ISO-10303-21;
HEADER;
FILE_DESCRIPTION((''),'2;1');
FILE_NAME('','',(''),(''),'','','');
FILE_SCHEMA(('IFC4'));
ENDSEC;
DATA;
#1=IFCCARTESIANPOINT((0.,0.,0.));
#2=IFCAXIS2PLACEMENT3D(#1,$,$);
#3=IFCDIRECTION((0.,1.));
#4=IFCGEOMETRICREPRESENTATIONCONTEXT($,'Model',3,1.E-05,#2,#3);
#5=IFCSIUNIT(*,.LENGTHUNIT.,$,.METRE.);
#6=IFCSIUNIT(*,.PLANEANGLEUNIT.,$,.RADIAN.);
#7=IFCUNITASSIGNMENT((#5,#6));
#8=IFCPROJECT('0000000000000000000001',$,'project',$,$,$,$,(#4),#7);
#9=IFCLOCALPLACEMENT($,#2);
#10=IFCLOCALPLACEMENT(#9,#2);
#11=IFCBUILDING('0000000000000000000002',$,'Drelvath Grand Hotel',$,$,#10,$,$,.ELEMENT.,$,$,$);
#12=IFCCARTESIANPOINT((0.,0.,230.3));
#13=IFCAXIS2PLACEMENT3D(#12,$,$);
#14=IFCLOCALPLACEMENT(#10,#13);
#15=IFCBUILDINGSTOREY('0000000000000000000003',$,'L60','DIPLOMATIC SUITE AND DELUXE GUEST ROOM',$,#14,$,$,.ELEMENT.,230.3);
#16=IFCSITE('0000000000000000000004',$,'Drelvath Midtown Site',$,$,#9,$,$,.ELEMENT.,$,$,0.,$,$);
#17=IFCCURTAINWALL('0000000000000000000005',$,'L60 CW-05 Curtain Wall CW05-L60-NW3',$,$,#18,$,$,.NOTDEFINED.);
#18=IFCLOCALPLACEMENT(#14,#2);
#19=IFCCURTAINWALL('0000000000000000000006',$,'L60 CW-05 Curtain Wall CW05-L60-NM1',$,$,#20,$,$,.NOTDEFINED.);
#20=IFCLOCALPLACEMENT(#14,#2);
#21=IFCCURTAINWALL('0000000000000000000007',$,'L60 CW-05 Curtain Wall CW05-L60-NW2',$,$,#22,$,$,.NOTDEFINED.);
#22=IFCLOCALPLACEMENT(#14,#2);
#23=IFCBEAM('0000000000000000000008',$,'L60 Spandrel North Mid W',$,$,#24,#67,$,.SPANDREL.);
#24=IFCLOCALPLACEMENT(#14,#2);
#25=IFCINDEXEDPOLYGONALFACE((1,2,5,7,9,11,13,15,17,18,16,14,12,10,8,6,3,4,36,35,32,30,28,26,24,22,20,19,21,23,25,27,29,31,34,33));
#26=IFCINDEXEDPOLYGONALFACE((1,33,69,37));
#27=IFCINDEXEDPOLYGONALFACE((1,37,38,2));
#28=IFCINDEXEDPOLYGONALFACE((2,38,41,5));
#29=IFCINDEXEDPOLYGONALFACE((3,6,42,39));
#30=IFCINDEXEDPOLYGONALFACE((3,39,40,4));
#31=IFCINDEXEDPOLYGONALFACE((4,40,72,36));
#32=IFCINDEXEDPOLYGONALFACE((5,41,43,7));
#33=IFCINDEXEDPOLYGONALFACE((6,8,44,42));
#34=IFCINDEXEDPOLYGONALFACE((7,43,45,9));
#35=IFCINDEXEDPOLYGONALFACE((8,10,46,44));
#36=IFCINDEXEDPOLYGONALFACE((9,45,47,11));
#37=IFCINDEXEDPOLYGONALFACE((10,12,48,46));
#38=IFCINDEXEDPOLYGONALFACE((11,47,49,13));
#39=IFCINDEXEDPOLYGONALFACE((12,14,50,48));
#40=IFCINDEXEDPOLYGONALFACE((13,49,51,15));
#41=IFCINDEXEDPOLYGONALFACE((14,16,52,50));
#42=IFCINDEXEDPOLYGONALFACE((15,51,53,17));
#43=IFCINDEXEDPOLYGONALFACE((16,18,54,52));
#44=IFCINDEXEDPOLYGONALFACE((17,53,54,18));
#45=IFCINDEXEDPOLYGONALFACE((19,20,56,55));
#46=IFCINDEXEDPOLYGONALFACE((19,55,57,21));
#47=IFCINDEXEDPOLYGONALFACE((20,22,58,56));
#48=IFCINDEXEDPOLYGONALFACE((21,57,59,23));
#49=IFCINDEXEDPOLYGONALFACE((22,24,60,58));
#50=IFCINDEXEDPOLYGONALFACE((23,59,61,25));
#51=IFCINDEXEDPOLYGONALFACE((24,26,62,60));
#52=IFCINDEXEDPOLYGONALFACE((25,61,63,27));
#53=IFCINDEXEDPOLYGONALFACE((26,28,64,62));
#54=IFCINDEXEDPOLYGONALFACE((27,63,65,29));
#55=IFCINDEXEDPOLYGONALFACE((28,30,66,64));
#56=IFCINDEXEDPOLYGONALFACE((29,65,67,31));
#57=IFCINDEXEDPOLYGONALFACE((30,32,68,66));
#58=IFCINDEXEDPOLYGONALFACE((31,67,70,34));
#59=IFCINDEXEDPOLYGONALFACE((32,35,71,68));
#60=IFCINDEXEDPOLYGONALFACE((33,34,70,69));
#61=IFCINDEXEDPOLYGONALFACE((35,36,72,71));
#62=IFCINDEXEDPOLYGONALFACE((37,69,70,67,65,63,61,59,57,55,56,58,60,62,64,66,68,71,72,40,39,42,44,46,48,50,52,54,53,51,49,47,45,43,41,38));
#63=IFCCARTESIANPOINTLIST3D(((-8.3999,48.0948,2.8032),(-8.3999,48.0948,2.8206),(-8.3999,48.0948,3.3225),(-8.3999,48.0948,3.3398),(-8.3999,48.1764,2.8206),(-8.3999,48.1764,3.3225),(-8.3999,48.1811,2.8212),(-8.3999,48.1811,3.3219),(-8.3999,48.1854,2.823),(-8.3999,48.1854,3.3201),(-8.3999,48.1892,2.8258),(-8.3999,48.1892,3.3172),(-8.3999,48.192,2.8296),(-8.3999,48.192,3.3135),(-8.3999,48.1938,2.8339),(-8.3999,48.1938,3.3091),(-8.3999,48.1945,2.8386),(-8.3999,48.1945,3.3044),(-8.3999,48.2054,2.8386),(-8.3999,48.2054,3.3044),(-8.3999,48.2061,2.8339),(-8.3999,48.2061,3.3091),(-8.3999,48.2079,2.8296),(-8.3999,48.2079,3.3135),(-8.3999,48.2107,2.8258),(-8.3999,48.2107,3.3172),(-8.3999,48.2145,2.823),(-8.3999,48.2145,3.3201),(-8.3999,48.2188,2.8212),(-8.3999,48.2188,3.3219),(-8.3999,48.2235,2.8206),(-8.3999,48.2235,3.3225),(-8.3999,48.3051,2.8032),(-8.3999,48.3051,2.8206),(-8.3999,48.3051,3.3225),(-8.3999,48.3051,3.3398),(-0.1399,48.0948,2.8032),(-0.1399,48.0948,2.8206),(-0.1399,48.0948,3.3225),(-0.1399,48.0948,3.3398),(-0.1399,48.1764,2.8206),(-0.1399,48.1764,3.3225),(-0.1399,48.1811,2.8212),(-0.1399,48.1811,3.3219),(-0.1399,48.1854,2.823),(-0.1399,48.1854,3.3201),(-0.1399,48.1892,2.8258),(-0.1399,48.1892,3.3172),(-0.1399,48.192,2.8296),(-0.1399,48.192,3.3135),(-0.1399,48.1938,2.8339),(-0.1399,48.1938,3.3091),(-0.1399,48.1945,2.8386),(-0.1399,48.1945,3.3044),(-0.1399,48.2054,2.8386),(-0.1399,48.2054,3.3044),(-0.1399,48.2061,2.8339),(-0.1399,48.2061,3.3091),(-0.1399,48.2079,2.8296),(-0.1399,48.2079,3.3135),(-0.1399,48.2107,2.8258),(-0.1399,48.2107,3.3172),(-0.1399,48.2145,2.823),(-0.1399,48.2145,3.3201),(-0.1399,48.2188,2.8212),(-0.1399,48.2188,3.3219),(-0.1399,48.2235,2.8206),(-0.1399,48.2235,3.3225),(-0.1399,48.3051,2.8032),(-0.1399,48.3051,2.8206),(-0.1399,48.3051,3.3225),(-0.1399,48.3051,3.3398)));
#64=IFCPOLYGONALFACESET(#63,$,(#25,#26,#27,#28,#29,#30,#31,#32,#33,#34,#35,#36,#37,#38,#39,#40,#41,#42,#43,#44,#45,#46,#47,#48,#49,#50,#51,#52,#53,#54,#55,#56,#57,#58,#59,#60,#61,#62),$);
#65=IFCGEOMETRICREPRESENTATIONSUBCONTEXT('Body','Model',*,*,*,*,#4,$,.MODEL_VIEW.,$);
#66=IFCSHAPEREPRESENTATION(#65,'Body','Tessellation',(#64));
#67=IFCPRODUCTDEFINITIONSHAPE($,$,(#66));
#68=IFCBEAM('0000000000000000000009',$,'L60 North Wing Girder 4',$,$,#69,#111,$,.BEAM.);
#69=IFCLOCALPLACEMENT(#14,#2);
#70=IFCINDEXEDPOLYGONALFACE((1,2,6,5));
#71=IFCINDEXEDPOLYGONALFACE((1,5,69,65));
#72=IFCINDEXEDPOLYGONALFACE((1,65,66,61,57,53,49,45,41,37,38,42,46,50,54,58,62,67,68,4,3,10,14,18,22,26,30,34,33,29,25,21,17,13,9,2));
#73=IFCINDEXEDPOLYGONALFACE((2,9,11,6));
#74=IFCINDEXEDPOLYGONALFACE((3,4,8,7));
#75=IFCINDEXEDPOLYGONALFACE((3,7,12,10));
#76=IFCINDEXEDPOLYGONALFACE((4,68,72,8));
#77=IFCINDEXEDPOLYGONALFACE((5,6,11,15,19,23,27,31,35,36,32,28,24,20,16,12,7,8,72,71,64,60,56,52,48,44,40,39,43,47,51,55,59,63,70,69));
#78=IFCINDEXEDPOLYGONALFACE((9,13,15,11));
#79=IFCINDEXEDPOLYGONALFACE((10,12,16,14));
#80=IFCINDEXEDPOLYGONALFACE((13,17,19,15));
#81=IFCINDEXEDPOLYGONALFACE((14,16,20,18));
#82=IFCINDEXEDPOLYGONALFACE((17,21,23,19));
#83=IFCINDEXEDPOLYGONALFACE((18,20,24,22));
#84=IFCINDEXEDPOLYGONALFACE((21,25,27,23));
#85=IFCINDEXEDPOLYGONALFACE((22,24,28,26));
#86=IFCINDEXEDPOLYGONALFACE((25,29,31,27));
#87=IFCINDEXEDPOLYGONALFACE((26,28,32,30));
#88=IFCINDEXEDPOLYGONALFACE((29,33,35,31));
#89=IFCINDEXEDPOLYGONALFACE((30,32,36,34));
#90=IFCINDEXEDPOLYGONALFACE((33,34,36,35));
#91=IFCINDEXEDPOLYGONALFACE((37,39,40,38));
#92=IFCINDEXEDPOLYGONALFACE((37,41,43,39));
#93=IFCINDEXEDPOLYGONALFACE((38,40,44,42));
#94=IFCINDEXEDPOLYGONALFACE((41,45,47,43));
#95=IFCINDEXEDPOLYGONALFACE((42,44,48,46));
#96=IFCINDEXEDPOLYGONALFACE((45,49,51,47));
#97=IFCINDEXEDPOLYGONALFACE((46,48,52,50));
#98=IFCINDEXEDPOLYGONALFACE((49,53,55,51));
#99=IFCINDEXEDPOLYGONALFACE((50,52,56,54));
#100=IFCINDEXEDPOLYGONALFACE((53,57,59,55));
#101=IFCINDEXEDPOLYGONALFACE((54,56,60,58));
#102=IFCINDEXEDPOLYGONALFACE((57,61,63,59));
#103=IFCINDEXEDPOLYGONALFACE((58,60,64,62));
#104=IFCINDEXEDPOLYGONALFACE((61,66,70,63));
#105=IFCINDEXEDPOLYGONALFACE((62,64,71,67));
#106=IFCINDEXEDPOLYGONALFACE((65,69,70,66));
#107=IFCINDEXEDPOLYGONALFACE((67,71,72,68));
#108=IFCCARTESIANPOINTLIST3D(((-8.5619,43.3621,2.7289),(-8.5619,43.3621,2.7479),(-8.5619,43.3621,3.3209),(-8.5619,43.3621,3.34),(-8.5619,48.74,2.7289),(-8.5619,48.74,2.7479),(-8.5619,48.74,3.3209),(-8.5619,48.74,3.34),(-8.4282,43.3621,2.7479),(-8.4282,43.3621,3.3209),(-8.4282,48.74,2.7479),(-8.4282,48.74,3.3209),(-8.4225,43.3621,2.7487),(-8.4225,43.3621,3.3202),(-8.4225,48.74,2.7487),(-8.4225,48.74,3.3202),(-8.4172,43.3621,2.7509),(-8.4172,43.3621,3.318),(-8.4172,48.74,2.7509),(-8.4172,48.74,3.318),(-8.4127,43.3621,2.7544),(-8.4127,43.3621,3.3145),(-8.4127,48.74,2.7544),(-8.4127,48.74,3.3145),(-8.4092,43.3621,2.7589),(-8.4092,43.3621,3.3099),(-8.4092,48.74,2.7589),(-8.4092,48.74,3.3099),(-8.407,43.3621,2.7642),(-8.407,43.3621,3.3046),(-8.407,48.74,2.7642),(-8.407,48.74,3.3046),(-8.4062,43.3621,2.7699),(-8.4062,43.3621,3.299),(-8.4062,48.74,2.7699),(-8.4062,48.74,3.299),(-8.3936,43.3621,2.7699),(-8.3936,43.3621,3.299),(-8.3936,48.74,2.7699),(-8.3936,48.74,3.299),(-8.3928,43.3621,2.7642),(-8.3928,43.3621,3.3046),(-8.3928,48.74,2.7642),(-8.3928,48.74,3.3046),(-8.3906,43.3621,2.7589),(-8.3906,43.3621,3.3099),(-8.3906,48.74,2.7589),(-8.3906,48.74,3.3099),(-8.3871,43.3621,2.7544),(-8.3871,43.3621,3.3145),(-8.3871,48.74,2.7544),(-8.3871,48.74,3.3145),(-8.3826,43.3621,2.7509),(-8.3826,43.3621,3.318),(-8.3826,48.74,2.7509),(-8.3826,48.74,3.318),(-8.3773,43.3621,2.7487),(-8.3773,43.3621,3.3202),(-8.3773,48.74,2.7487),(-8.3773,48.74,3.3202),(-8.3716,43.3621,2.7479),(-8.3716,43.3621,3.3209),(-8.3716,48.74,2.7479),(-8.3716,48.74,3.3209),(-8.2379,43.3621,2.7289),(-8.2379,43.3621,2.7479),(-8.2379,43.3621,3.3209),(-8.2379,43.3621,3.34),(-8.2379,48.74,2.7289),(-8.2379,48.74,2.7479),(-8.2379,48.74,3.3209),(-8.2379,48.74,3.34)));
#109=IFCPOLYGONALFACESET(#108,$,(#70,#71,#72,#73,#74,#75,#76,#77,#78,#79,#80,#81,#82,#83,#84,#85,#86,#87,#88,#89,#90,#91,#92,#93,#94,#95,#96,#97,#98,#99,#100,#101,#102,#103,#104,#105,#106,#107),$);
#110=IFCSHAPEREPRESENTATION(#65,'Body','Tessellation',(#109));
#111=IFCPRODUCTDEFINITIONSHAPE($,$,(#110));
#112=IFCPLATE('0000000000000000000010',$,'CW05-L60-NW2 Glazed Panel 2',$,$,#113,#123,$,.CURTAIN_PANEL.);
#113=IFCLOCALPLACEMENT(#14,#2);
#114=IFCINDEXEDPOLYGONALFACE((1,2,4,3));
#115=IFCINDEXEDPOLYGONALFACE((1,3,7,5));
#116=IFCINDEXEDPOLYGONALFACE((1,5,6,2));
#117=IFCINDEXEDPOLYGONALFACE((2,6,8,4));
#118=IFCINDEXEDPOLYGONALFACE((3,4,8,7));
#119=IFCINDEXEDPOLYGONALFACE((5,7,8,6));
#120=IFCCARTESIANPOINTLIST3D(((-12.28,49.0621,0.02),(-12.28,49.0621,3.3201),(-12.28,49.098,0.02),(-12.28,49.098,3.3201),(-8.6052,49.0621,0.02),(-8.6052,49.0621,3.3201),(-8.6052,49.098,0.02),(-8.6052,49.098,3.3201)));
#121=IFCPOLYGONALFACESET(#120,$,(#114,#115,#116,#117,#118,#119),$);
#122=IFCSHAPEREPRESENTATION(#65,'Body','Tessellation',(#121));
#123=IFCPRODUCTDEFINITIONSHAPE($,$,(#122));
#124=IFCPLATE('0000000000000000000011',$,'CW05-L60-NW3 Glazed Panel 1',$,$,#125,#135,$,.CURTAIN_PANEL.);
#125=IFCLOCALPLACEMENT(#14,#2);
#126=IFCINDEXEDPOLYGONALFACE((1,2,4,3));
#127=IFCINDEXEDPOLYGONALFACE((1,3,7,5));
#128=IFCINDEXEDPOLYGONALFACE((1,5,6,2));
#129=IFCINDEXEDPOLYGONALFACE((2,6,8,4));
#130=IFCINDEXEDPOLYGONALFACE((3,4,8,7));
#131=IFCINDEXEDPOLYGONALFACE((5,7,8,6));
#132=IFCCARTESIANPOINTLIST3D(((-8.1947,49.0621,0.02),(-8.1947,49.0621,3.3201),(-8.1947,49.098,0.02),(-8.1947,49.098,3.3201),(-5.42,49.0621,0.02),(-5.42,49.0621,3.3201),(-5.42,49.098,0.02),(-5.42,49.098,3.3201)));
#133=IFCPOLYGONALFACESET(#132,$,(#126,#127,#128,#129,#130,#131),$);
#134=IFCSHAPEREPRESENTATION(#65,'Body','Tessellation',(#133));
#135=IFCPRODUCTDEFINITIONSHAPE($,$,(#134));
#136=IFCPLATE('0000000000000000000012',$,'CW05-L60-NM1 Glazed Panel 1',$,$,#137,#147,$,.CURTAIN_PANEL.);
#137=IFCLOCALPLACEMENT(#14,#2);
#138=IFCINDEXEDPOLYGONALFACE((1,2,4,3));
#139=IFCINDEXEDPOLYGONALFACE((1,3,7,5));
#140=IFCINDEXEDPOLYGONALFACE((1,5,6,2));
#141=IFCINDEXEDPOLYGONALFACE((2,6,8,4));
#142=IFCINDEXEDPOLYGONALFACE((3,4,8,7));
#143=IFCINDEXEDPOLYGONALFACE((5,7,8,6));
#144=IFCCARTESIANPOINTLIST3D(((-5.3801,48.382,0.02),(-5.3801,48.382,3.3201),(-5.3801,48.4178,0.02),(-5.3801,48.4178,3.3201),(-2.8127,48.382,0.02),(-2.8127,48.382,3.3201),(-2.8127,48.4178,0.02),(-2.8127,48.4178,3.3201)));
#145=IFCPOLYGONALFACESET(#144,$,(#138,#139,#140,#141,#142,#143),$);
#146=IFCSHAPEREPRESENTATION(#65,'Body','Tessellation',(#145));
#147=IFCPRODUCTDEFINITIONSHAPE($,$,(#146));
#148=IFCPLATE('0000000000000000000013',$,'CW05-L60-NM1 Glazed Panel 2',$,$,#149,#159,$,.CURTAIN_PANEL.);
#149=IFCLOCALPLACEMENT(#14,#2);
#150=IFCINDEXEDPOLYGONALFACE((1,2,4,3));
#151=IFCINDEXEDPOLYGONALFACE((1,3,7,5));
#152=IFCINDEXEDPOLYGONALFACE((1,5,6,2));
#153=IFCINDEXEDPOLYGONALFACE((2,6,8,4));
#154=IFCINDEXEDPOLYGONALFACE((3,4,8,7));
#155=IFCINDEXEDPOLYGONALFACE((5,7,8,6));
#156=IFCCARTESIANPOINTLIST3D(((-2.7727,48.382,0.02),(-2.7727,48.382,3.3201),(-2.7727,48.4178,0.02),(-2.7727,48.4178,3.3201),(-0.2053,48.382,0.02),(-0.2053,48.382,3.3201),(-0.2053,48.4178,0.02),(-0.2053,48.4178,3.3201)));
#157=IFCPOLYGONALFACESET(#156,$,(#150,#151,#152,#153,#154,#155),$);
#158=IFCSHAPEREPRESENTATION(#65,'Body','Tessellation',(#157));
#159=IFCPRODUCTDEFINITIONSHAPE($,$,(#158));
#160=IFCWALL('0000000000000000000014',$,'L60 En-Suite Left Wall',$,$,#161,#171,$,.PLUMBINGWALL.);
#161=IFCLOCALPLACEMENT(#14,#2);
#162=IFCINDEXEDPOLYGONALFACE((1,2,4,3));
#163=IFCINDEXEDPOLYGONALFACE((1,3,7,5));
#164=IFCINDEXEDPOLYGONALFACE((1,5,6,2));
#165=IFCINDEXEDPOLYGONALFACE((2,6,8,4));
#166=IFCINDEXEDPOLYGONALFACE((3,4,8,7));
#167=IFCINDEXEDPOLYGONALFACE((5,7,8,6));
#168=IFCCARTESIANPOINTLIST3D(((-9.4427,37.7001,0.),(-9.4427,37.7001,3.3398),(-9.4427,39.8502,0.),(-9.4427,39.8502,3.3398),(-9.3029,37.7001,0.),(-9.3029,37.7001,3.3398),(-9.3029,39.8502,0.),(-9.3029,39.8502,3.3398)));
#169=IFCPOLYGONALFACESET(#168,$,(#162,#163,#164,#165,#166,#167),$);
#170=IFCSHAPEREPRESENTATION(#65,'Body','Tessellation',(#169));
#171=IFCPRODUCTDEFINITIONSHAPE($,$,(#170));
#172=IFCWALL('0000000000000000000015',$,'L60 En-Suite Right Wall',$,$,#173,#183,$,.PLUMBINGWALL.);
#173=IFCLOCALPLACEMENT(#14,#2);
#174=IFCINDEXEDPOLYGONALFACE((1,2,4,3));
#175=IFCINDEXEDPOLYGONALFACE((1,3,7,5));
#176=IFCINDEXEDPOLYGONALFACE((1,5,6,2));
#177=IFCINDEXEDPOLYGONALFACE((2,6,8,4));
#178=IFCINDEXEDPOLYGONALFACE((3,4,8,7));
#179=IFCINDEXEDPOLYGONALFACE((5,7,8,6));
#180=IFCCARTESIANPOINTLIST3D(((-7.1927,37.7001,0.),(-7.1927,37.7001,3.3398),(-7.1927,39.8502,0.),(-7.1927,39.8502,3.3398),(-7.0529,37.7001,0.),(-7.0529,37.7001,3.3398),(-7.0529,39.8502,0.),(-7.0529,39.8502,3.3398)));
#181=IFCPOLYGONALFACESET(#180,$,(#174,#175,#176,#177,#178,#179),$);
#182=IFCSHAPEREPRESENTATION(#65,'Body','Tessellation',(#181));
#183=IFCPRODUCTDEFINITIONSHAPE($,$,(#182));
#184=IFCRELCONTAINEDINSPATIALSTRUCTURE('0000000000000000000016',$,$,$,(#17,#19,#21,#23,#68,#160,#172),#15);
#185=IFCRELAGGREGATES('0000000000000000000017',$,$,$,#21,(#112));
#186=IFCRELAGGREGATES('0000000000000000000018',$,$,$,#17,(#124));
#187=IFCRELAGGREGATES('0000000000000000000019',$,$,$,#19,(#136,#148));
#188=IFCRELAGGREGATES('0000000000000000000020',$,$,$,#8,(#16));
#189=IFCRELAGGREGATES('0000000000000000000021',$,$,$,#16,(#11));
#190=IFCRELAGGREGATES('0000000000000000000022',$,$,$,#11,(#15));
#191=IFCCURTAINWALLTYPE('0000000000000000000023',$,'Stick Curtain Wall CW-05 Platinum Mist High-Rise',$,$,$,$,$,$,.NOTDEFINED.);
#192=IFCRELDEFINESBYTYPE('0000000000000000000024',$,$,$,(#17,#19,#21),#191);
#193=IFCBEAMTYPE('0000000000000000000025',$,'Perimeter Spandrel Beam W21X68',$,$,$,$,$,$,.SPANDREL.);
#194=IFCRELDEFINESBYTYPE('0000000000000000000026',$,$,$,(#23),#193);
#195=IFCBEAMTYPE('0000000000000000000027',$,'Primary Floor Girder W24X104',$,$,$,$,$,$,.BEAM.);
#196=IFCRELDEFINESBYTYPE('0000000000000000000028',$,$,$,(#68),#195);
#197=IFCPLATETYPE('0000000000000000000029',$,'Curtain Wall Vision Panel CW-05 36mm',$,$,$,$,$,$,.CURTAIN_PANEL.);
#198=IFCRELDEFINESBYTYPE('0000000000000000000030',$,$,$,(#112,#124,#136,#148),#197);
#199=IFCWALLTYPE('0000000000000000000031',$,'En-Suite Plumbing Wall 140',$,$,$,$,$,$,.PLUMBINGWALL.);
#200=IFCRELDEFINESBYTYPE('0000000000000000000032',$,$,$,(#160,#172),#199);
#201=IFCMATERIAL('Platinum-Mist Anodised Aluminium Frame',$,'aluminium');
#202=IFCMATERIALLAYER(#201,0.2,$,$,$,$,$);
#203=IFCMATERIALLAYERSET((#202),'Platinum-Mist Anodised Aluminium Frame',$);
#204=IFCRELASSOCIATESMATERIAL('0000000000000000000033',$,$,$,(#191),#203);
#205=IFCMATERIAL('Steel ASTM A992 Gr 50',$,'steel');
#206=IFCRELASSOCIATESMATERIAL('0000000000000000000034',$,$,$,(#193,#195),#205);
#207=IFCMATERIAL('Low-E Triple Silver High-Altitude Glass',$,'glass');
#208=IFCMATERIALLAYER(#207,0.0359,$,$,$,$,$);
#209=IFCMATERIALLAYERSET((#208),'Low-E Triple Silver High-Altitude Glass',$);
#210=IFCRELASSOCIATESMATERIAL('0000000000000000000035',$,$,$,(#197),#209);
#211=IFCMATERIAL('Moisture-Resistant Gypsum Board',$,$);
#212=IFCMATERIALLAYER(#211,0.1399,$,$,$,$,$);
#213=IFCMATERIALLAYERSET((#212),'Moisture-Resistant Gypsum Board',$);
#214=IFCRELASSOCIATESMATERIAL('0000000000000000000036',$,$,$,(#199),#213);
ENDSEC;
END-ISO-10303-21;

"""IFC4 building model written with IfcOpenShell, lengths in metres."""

from ifc_helpers import new_model, si_unit, direction, frame, frame_2d, origin, origin_2d, place, context, subcontext, project, spatial, rectangle, i_section, extrude, material, layer, layer_set, material_profile, profile_set, type_object, element, aggregate, save


model = new_model("IFC4")

# Units and contexts
model_context = context("Model", 3, precision=1e-05, world=origin(), true_north=direction((0.0, 1.0)))
body_context = subcontext(model_context, "Body", "Model", "MODEL_VIEW")
ifc_project = project(units=[si_unit("LENGTHUNIT", "METRE"), si_unit("PLANEANGLEUNIT", "RADIAN")], contexts=[model_context])

# Site, building, storey
site_placement = place(None, origin())
site = spatial("IfcSite", under=ifc_project, at=site_placement, Name="Drelvath Midtown Site", CompositionType="ELEMENT", RefElevation=0.0)
building_placement = place(site_placement, origin())
building = spatial("IfcBuilding", under=site, at=building_placement, Name="Drelvath Grand Hotel", CompositionType="ELEMENT")
storey_placement = place(building_placement, frame((0.0, 0.0, 230.3)))
storey = spatial("IfcBuildingStorey", under=building, at=storey_placement, Name="L60", Description="DIPLOMATIC SUITE AND DELUXE GUEST ROOM", CompositionType="ELEMENT", Elevation=230.3)

# Curtain walls
ifc_material_1 = material(Name="Platinum-Mist Anodised Aluminium Frame", Category="aluminium")
ifc_layer_1 = layer(ifc_material_1, 0.2)
ifc_layer_set_1 = layer_set([ifc_layer_1], Name="Platinum-Mist Anodised Aluminium Frame")
curtain_wall_type = type_object("IfcCurtainWallType", Name="Stick Curtain Wall CW-05 Platinum Mist High-Rise", PredefinedType="NOTDEFINED", material=ifc_layer_set_1)
curtain_wall_1_placement = place(storey_placement, origin())
curtain_wall_1 = element("IfcCurtainWall", 1, at=curtain_wall_1_placement, inside=storey, type_object=curtain_wall_type, Name="L60 CW-05 Curtain Wall CW05-L60-NW3", PredefinedType="NOTDEFINED")
curtain_wall_2_placement = place(storey_placement, origin())
curtain_wall_2 = element("IfcCurtainWall", 2, at=curtain_wall_2_placement, inside=storey, type_object=curtain_wall_type, Name="L60 CW-05 Curtain Wall CW05-L60-NM1", PredefinedType="NOTDEFINED")
curtain_wall_3_placement = place(storey_placement, origin())
curtain_wall_3 = element("IfcCurtainWall", 3, at=curtain_wall_3_placement, inside=storey, type_object=curtain_wall_type, Name="L60 CW-05 Curtain Wall CW05-L60-NW2", PredefinedType="NOTDEFINED")

# Beams
ifc_material_2 = material(Name="Steel ASTM A992 Gr 50", Category="steel")
ifc_material_profile_1 = material_profile(ifc_material_2, i_section(OverallWidth=0.2102, OverallDepth=0.5366, WebThickness=0.011, FlangeThickness=0.0173, FilletRadius=0.0181, at=origin_2d()), Name="W21X68")
ifc_profile_set_1 = profile_set([ifc_material_profile_1], Name="Steel ASTM A992 Gr 50")
beam_type_1 = type_object("IfcBeamType", Name="Perimeter Spandrel Beam W21X68", PredefinedType="SPANDREL", material=ifc_profile_set_1)
beam_1_placement = place(storey_placement, frame((-8.3999, 48.2, 3.0715), z_axis=(1.0, 0.0, 0.0), x_axis=(0.0, 1.0, 0.0)))
element("IfcBeam", 4, at=beam_1_placement, inside=storey, type_object=beam_type_1, Name="L60 Spandrel North Mid W", PredefinedType="SPANDREL", context=body_context, shape_type="SweptSolid", body=[
    extrude(i_section(OverallWidth=0.2102, OverallDepth=0.5366, WebThickness=0.011, FlangeThickness=0.0173, FilletRadius=0.0181, at=origin_2d()), origin(), (0.0, 0.0, 1.0), 8.26),
])
ifc_material_profile_2 = material_profile(ifc_material_2, i_section(OverallWidth=0.324, OverallDepth=0.6111, WebThickness=0.0127, FlangeThickness=0.019, FilletRadius=0.022, at=origin_2d()), Name="W24X104")
ifc_profile_set_2 = profile_set([ifc_material_profile_2], Name="Steel ASTM A992 Gr 50")
beam_type_2 = type_object("IfcBeamType", Name="Primary Floor Girder W24X104", PredefinedType="BEAM", material=ifc_profile_set_2)
beam_2_placement = place(storey_placement, frame((-8.3999, 43.3621, 3.0344), z_axis=(0.0, 1.0, 0.0), x_axis=(-1.0, 0.0, 0.0)))
element("IfcBeam", 5, at=beam_2_placement, inside=storey, type_object=beam_type_2, Name="L60 North Wing Girder 4", PredefinedType="BEAM", context=body_context, shape_type="SweptSolid", body=[
    extrude(i_section(OverallWidth=0.324, OverallDepth=0.6111, WebThickness=0.0127, FlangeThickness=0.019, FilletRadius=0.022, at=origin_2d()), origin(), (0.0, 0.0, 1.0), 5.3779),
])

# Plates
ifc_material_3 = material(Name="Low-E Triple Silver High-Altitude Glass", Category="glass")
ifc_layer_2 = layer(ifc_material_3, 0.0359)
ifc_layer_set_2 = layer_set([ifc_layer_2], Name="Low-E Triple Silver High-Altitude Glass")
plate_type = type_object("IfcPlateType", Name="Curtain Wall Vision Panel CW-05 36mm", PredefinedType="CURTAIN_PANEL", material=ifc_layer_set_2)
plate_1_placement = place(storey_placement, frame((-10.4426, 49.0801, 0.02), z_axis=(0.0, 0.0, 1.0), x_axis=(1.0, 0.0, 0.0)))
plate_1 = element("IfcPlate", 6, at=plate_1_placement, type_object=plate_type, Name="CW05-L60-NW2 Glazed Panel 2", PredefinedType="CURTAIN_PANEL", context=body_context, shape_type="SweptSolid", body=[
    extrude(rectangle(XDim=3.6748, YDim=0.0359, at=origin_2d()), origin(), (0.0, 0.0, 1.0), 3.3),
])
aggregate(curtain_wall_3, [plate_1])
plate_2_placement = place(storey_placement, frame((-6.8074, 49.0801, 0.02), z_axis=(0.0, 0.0, 1.0), x_axis=(1.0, 0.0, 0.0)))
plate_2 = element("IfcPlate", 7, at=plate_2_placement, type_object=plate_type, Name="CW05-L60-NW3 Glazed Panel 1", PredefinedType="CURTAIN_PANEL", context=body_context, shape_type="SweptSolid", body=[
    extrude(rectangle(XDim=2.7747, YDim=0.0359, at=origin_2d()), origin(), (0.0, 0.0, 1.0), 3.3),
])
aggregate(curtain_wall_1, [plate_2])
plate_3_placement = place(storey_placement, frame((-4.0964, 48.3999, 0.02), z_axis=(0.0, 0.0, 1.0), x_axis=(1.0, 0.0, 0.0)))
plate_3 = element("IfcPlate", 8, at=plate_3_placement, type_object=plate_type, Name="CW05-L60-NM1 Glazed Panel 1", PredefinedType="CURTAIN_PANEL", context=body_context, shape_type="SweptSolid", body=[
    extrude(rectangle(XDim=2.5674, YDim=0.0359, at=origin_2d()), origin(), (0.0, 0.0, 1.0), 3.3),
])
plate_4_placement = place(storey_placement, frame((-1.489, 48.3999, 0.02), z_axis=(0.0, 0.0, 1.0), x_axis=(1.0, 0.0, 0.0)))
plate_4 = element("IfcPlate", 9, at=plate_4_placement, type_object=plate_type, Name="CW05-L60-NM1 Glazed Panel 2", PredefinedType="CURTAIN_PANEL", context=body_context, shape_type="SweptSolid", body=[
    extrude(rectangle(XDim=2.5674, YDim=0.0359, at=origin_2d()), origin(), (0.0, 0.0, 1.0), 3.3),
])
aggregate(curtain_wall_2, [plate_3, plate_4])

# Walls
ifc_material_4 = material(Name="Moisture-Resistant Gypsum Board")
ifc_layer_3 = layer(ifc_material_4, 0.1399)
ifc_layer_set_3 = layer_set([ifc_layer_3], Name="Moisture-Resistant Gypsum Board")
wall_type_1 = type_object("IfcWallType", Name="En-Suite Plumbing Wall 140", PredefinedType="PLUMBINGWALL", material=ifc_layer_set_3)
for number, where, z_axis, x_axis, name in (
    (10, (-9.3728, 37.7, 0.0), (0.0, 0.0, 1.0), (0.0, 1.0, 0.0), "L60 En-Suite Left Wall"),
    (11, (-7.1228, 37.7, 0.0), (0.0, 0.0, 1.0), (0.0, 1.0, 0.0), "L60 En-Suite Right Wall"),
):
    element("IfcWall", number, at=place(storey_placement, frame(where, z_axis=z_axis, x_axis=x_axis)), inside=storey, type_object=wall_type_1, Name=name, PredefinedType="PLUMBINGWALL", context=body_context, shape_type="SweptSolid", body=[
        extrude(rectangle(XDim=2.1501, YDim=0.1399, at=frame_2d((1.0752, 0.0))), origin(), (0.0, 0.0, 1.0), 3.3398),
    ])

save(model, "model.ifc")
